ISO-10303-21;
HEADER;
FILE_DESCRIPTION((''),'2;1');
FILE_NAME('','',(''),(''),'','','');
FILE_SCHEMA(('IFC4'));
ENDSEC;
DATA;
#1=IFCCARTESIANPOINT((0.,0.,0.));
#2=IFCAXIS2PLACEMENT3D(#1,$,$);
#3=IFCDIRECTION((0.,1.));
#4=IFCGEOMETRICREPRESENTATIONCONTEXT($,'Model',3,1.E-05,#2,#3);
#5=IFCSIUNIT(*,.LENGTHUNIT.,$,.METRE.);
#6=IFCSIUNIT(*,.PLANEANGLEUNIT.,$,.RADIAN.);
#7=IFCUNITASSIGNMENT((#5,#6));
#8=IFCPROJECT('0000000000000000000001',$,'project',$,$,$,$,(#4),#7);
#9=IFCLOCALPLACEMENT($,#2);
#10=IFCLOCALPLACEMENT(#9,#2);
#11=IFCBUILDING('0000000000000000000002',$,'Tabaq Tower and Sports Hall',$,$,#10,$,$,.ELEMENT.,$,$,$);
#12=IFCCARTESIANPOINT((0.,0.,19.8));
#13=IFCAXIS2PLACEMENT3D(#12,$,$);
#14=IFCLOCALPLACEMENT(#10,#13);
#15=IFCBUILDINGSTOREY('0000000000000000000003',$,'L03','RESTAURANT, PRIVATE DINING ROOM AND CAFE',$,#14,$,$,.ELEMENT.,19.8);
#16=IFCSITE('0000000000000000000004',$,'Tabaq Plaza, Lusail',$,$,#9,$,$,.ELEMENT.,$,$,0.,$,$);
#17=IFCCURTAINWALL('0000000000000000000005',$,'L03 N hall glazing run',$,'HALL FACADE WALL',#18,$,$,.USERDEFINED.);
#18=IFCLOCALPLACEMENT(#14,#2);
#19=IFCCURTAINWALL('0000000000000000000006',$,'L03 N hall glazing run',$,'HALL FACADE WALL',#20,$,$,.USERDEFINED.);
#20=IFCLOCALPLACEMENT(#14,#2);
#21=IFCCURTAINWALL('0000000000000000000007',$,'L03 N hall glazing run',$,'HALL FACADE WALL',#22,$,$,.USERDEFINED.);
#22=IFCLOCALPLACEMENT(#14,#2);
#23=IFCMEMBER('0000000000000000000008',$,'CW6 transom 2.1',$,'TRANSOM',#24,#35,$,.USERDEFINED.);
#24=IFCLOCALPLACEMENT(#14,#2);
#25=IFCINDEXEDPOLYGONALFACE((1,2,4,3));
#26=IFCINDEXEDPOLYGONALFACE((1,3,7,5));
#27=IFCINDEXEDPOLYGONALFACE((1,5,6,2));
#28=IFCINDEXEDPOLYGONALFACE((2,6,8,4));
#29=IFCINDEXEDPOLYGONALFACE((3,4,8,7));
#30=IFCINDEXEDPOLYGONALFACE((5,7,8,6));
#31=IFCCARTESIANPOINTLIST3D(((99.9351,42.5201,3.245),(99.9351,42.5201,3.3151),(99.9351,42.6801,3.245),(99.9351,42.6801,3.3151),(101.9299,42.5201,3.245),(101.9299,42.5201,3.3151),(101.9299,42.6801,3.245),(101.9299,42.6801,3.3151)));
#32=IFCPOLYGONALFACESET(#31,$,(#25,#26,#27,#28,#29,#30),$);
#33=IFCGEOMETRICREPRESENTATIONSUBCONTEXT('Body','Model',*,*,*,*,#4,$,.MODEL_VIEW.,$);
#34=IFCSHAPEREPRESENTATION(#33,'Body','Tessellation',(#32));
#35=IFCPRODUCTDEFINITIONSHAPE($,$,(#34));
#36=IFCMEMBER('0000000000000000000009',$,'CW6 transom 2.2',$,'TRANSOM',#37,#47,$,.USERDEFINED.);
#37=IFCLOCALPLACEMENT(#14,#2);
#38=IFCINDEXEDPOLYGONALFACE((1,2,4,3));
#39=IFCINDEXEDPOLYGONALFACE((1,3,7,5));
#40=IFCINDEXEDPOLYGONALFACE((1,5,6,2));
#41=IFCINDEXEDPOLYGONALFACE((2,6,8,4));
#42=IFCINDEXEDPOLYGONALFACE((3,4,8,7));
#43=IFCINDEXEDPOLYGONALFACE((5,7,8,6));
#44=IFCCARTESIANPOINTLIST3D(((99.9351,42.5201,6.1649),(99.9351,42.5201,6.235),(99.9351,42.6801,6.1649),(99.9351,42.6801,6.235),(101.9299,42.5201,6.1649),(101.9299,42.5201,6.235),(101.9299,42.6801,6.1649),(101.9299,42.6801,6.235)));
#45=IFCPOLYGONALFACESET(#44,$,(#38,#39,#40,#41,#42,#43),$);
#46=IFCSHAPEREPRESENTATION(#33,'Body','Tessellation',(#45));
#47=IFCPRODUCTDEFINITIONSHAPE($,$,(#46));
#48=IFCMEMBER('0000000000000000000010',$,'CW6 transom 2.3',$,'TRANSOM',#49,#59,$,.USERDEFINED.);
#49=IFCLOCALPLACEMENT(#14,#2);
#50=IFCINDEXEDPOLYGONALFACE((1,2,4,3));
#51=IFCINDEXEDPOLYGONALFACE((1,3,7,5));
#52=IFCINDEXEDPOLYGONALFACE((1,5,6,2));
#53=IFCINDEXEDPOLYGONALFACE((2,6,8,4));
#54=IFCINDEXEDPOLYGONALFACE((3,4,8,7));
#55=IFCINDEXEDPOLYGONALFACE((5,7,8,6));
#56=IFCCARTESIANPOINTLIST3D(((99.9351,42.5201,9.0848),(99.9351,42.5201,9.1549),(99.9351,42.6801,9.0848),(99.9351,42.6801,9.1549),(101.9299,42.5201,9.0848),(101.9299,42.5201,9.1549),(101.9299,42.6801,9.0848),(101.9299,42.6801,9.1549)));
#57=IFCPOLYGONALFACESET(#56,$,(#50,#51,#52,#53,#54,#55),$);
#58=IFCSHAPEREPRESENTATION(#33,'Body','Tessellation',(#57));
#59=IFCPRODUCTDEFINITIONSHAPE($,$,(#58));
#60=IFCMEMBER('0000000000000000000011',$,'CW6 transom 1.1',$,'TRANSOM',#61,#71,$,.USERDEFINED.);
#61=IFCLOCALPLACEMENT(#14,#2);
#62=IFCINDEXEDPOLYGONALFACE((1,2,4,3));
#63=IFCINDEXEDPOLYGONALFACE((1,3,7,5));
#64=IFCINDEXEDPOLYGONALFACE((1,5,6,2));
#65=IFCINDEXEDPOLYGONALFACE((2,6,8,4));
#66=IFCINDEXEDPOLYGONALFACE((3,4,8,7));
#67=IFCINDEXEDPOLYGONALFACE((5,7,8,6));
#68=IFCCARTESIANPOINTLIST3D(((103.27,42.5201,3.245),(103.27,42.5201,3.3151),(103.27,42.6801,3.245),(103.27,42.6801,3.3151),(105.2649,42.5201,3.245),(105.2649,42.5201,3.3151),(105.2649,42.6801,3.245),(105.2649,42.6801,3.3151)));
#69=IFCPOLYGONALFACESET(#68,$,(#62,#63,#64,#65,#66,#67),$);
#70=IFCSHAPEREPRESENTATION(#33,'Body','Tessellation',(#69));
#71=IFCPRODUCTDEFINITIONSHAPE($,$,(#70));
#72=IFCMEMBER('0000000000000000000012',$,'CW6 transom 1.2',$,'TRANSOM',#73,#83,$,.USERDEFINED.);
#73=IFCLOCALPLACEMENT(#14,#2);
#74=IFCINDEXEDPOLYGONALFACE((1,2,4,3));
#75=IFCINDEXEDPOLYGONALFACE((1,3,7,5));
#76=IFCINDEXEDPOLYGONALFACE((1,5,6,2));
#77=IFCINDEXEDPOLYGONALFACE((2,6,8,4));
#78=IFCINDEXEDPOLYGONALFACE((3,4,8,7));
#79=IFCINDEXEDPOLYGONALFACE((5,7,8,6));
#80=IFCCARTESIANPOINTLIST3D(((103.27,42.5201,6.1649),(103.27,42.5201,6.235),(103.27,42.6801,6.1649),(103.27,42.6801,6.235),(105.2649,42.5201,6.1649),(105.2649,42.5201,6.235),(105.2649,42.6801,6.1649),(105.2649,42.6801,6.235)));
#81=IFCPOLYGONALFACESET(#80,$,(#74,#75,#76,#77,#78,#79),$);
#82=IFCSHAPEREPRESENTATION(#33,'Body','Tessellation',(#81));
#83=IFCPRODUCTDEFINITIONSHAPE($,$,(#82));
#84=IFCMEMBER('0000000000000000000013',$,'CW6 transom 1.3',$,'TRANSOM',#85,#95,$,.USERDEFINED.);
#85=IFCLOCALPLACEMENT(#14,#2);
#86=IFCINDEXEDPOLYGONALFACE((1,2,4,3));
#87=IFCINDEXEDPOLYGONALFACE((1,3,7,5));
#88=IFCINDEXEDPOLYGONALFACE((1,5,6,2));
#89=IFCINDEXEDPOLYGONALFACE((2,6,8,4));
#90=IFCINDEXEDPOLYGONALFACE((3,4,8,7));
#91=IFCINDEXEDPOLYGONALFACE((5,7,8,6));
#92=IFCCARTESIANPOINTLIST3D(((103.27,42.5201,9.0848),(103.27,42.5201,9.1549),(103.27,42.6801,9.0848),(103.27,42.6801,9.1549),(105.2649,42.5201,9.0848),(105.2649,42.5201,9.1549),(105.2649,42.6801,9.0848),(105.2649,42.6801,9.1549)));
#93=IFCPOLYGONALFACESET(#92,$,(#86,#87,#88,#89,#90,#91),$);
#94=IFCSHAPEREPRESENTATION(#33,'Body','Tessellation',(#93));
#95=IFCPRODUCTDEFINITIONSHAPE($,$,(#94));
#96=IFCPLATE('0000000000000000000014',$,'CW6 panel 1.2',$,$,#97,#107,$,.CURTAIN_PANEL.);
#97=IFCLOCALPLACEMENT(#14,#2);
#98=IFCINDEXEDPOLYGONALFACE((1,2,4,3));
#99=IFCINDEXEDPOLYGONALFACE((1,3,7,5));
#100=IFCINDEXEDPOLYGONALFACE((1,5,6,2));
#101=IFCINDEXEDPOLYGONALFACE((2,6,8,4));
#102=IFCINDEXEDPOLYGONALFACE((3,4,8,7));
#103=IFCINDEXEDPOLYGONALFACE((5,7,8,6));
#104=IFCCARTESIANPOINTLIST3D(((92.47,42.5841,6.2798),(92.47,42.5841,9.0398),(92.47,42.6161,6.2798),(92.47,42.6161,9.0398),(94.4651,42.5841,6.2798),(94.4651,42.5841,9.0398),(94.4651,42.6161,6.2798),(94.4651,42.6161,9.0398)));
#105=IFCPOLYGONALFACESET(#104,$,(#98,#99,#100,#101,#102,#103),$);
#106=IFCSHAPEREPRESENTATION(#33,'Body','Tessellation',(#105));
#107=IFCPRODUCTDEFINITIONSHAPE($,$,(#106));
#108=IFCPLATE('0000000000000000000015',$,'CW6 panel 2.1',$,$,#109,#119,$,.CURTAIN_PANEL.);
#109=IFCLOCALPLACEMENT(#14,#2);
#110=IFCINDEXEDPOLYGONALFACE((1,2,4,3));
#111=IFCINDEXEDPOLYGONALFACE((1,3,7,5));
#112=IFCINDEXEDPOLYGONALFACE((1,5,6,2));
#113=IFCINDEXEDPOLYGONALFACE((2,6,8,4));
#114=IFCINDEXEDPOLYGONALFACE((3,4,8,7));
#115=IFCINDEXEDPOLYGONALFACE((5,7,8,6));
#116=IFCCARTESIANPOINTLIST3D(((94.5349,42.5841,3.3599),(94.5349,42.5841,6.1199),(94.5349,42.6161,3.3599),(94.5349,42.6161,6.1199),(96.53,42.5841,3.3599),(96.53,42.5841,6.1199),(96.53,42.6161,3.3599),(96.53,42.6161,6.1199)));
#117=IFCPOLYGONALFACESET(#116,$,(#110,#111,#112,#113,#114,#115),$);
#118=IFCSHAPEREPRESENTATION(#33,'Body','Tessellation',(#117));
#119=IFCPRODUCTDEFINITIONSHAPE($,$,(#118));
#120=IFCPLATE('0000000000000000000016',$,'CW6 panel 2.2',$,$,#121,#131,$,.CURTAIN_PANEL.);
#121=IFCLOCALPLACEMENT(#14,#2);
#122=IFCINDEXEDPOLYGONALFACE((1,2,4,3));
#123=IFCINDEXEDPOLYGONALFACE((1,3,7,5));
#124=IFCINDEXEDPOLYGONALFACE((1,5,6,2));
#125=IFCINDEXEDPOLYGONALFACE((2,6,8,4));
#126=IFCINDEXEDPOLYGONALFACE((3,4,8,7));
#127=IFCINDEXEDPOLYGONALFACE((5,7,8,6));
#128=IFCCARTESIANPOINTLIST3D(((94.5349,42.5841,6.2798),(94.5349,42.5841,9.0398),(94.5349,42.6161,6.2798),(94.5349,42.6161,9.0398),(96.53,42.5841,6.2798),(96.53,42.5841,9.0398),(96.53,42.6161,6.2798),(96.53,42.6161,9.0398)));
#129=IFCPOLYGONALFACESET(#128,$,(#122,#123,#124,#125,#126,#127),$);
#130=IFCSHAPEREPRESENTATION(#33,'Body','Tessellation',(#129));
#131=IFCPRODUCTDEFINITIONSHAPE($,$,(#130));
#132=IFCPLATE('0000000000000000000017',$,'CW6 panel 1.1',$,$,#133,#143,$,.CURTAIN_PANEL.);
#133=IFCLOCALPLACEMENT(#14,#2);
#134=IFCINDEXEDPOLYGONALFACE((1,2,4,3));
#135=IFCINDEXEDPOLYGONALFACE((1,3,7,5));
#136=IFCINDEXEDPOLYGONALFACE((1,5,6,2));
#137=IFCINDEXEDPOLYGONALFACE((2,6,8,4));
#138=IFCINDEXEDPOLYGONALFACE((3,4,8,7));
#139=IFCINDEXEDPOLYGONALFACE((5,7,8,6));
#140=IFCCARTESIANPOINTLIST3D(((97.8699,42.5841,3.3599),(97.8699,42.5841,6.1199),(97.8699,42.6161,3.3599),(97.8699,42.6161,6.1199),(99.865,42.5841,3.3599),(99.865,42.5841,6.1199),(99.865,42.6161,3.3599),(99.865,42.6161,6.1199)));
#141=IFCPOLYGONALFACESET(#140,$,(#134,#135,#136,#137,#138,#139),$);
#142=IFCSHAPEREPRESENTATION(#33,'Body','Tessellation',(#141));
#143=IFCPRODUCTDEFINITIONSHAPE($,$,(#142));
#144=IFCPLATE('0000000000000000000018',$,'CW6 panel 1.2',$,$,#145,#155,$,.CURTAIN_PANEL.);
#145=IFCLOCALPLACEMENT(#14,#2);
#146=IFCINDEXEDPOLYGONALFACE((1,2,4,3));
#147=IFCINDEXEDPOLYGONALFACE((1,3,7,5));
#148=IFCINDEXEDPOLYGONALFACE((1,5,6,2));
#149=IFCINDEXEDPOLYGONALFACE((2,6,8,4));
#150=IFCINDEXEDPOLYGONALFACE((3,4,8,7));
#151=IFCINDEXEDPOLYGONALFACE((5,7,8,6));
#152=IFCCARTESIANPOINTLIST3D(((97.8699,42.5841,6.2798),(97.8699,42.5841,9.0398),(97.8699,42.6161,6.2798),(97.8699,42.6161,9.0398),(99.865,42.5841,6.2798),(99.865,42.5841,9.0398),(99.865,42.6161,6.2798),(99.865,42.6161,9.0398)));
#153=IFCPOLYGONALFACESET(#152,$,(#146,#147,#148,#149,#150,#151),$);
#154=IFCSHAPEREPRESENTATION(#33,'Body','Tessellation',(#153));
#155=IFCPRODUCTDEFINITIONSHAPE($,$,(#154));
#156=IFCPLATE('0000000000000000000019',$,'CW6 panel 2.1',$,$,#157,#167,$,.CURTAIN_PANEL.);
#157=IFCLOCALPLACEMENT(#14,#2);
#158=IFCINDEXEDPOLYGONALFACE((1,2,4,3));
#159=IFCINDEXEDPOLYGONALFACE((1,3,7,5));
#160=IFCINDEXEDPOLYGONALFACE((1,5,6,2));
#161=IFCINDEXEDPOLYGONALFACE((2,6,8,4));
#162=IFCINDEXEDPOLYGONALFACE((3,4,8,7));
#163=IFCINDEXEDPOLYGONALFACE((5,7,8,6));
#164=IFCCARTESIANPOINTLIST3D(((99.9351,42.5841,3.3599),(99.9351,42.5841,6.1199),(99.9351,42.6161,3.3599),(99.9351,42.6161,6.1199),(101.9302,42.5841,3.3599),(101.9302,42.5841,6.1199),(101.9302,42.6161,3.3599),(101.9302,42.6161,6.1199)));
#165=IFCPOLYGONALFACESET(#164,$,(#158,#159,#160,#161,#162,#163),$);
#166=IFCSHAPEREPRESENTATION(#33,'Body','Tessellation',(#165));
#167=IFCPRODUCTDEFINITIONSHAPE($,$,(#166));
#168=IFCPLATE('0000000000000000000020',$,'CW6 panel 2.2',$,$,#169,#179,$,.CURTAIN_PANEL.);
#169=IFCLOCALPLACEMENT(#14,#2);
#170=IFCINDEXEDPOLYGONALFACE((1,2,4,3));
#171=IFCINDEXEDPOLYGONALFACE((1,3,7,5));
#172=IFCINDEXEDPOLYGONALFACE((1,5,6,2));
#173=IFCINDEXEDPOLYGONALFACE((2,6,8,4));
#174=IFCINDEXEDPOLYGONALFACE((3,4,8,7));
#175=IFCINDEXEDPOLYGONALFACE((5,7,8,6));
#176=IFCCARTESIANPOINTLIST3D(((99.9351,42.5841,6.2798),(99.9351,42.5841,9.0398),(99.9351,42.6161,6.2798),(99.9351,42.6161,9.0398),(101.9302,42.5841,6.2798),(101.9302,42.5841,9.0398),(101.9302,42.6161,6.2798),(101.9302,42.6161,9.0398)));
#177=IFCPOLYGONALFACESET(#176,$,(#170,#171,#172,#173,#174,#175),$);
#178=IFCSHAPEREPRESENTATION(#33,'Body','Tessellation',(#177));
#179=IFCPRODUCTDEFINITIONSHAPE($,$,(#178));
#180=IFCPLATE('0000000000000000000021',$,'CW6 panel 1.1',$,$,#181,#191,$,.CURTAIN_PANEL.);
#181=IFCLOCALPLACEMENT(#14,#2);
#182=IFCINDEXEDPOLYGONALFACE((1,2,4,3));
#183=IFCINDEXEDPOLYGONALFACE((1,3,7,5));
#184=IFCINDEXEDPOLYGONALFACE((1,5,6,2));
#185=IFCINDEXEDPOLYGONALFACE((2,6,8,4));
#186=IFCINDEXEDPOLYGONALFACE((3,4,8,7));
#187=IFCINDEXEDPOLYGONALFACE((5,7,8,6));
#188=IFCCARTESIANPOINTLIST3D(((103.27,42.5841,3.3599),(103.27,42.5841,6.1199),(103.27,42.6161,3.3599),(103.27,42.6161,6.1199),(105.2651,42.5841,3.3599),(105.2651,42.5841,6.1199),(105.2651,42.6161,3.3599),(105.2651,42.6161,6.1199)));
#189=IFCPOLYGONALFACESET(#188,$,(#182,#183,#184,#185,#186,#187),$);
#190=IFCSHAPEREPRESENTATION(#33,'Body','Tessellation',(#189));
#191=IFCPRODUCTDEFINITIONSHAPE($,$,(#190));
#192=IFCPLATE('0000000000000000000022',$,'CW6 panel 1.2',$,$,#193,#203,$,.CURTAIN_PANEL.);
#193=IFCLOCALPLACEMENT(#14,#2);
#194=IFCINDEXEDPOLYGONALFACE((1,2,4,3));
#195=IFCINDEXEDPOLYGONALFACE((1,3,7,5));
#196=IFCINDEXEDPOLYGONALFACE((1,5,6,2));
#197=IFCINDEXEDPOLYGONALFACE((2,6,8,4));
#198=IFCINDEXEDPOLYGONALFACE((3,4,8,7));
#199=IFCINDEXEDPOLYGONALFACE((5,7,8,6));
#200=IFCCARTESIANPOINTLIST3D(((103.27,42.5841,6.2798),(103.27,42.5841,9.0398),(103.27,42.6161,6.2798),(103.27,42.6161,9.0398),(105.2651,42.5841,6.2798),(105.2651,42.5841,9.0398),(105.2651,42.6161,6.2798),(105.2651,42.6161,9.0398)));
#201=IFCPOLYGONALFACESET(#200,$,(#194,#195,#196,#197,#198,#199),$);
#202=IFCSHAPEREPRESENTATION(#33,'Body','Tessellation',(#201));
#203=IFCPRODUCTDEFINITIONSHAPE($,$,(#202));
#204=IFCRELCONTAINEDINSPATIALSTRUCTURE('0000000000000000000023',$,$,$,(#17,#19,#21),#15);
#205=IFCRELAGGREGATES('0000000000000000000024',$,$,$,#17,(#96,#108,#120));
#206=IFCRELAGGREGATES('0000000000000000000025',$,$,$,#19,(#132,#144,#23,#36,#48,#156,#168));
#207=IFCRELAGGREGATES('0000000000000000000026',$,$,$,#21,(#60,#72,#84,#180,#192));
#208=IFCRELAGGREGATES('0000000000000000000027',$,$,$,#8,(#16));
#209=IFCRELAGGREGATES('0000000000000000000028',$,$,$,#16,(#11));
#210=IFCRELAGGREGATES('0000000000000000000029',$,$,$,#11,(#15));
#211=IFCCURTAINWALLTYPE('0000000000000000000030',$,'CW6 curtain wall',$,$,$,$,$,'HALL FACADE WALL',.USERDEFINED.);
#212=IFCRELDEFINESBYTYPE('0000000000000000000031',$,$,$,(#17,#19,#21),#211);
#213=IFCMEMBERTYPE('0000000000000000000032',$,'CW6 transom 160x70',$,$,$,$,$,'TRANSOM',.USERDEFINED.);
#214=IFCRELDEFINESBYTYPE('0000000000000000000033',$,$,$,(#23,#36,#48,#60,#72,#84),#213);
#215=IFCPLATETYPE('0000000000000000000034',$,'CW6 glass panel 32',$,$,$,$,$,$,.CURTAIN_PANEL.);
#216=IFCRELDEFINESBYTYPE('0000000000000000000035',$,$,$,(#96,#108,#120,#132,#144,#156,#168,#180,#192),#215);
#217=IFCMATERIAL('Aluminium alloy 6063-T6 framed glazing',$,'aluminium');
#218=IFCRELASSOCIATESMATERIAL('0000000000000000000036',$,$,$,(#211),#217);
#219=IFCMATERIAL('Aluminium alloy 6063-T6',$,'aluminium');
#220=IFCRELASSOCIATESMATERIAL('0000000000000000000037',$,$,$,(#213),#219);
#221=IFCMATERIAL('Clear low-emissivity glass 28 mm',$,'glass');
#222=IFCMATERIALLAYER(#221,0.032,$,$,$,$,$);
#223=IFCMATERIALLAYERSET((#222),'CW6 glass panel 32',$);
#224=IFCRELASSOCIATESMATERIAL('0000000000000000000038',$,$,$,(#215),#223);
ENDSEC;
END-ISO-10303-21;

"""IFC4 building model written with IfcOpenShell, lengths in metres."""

from ifc_helpers import new_model, si_unit, direction, frame, origin, origin_2d, place, context, subcontext, project, spatial, rectangle, extrude, material, layer, layer_set, material_profile, profile_set, type_object, element, aggregate, save


model = new_model("IFC4")

# Units and contexts
model_context = context("Model", 3, precision=1e-05, world=origin(), true_north=direction((0.0, 1.0)))
body_context = subcontext(model_context, "Body", "Model", "MODEL_VIEW")
ifc_project = project(units=[si_unit("LENGTHUNIT", "METRE"), si_unit("PLANEANGLEUNIT", "RADIAN")], contexts=[model_context])

# Site, building, storey
site_placement = place(None, origin())
site = spatial("IfcSite", under=ifc_project, at=site_placement, Name="Tabaq Plaza, Lusail", CompositionType="ELEMENT", RefElevation=0.0)
building_placement = place(site_placement, origin())
building = spatial("IfcBuilding", under=site, at=building_placement, Name="Tabaq Tower and Sports Hall", CompositionType="ELEMENT")
storey_placement = place(building_placement, frame((0.0, 0.0, 19.8)))
storey = spatial("IfcBuildingStorey", under=building, at=storey_placement, Name="L03", Description="RESTAURANT, PRIVATE DINING ROOM AND CAFE", CompositionType="ELEMENT", Elevation=19.8)

# Curtain walls
ifc_material_1 = material(Name="Aluminium alloy 6063-T6 framed glazing", Category="aluminium")
curtain_wall_type = type_object("IfcCurtainWallType", Name="CW6 curtain wall", ElementType="HALL FACADE WALL", PredefinedType="USERDEFINED", material=ifc_material_1)
curtain_wall_1_placement = place(storey_placement, origin())
curtain_wall_1 = element("IfcCurtainWall", 1, at=curtain_wall_1_placement, inside=storey, type_object=curtain_wall_type, Name="L03 N hall glazing run", ObjectType="HALL FACADE WALL", PredefinedType="USERDEFINED")
curtain_wall_2_placement = place(storey_placement, origin())
curtain_wall_2 = element("IfcCurtainWall", 2, at=curtain_wall_2_placement, inside=storey, type_object=curtain_wall_type, Name="L03 N hall glazing run", ObjectType="HALL FACADE WALL", PredefinedType="USERDEFINED")

# Curtain wall
curtain_wall_3_placement = place(storey_placement, origin())
curtain_wall_3 = element("IfcCurtainWall", 3, at=curtain_wall_3_placement, inside=storey, type_object=curtain_wall_type, Name="L03 N hall glazing run", ObjectType="HALL FACADE WALL", PredefinedType="USERDEFINED")

# Members
ifc_material_2 = material(Name="Aluminium alloy 6063-T6", Category="aluminium")
ifc_material_profile_1 = material_profile(ifc_material_2, rectangle(XDim=0.1599, YDim=0.0701, at=origin_2d()), Name="TRANSOM 160x70")
ifc_profile_set_1 = profile_set([ifc_material_profile_1], Name="Aluminium alloy 6063-T6")
member_type_1 = type_object("IfcMemberType", Name="CW6 transom 160x70", ElementType="TRANSOM", PredefinedType="USERDEFINED", material=ifc_profile_set_1)
member_1_placement = place(storey_placement, frame((99.9351, 42.6001, 3.28), z_axis=(1.0, 0.0, 0.0), x_axis=(0.0, 1.0, 0.0)))
member_1 = element("IfcMember", 4, at=member_1_placement, type_object=member_type_1, Name="CW6 transom 2.1", ObjectType="TRANSOM", PredefinedType="USERDEFINED", context=body_context, shape_type="SweptSolid", body=[
    extrude(rectangle(XDim=0.1599, YDim=0.0701, at=origin_2d()), origin(), (0.0, 0.0, 1.0), 1.9949),
])
member_2_placement = place(storey_placement, frame((99.9351, 42.6001, 6.2), z_axis=(1.0, 0.0, 0.0), x_axis=(0.0, 1.0, 0.0)))
member_2 = element("IfcMember", 5, at=member_2_placement, type_object=member_type_1, Name="CW6 transom 2.2", ObjectType="TRANSOM", PredefinedType="USERDEFINED", context=body_context, shape_type="SweptSolid", body=[
    extrude(rectangle(XDim=0.1599, YDim=0.0701, at=origin_2d()), origin(), (0.0, 0.0, 1.0), 1.9949),
])
member_3_placement = place(storey_placement, frame((99.9351, 42.6001, 9.1199), z_axis=(1.0, 0.0, 0.0), x_axis=(0.0, 1.0, 0.0)))
member_3 = element("IfcMember", 6, at=member_3_placement, type_object=member_type_1, Name="CW6 transom 2.3", ObjectType="TRANSOM", PredefinedType="USERDEFINED", context=body_context, shape_type="SweptSolid", body=[
    extrude(rectangle(XDim=0.1599, YDim=0.0701, at=origin_2d()), origin(), (0.0, 0.0, 1.0), 1.9949),
])
member_4_placement = place(storey_placement, frame((103.27, 42.6001, 3.28), z_axis=(1.0, 0.0, 0.0), x_axis=(0.0, 1.0, 0.0)))
member_4 = element("IfcMember", 7, at=member_4_placement, type_object=member_type_1, Name="CW6 transom 1.1", ObjectType="TRANSOM", PredefinedType="USERDEFINED", context=body_context, shape_type="SweptSolid", body=[
    extrude(rectangle(XDim=0.1599, YDim=0.0701, at=origin_2d()), origin(), (0.0, 0.0, 1.0), 1.9949),
])
member_5_placement = place(storey_placement, frame((103.27, 42.6001, 6.2), z_axis=(1.0, 0.0, 0.0), x_axis=(0.0, 1.0, 0.0)))
member_5 = element("IfcMember", 8, at=member_5_placement, type_object=member_type_1, Name="CW6 transom 1.2", ObjectType="TRANSOM", PredefinedType="USERDEFINED", context=body_context, shape_type="SweptSolid", body=[
    extrude(rectangle(XDim=0.1599, YDim=0.0701, at=origin_2d()), origin(), (0.0, 0.0, 1.0), 1.9949),
])
member_6_placement = place(storey_placement, frame((103.27, 42.6001, 9.1199), z_axis=(1.0, 0.0, 0.0), x_axis=(0.0, 1.0, 0.0)))
member_6 = element("IfcMember", 9, at=member_6_placement, type_object=member_type_1, Name="CW6 transom 1.3", ObjectType="TRANSOM", PredefinedType="USERDEFINED", context=body_context, shape_type="SweptSolid", body=[
    extrude(rectangle(XDim=0.1599, YDim=0.0701, at=origin_2d()), origin(), (0.0, 0.0, 1.0), 1.9949),
])

# Plates
ifc_material_3 = material(Name="Clear low-emissivity glass 28 mm", Category="glass")
ifc_layer_1 = layer(ifc_material_3, 0.032)
ifc_layer_set_1 = layer_set([ifc_layer_1], Name="CW6 glass panel 32")
plate_type = type_object("IfcPlateType", Name="CW6 glass panel 32", PredefinedType="CURTAIN_PANEL", material=ifc_layer_set_1)
plate_1_placement = place(storey_placement, frame((93.4675, 42.6001, 6.2798), z_axis=(0.0, 0.0, 1.0), x_axis=(1.0, 0.0, 0.0)))
plate_1 = element("IfcPlate", 10, at=plate_1_placement, type_object=plate_type, Name="CW6 panel 1.2", PredefinedType="CURTAIN_PANEL", context=body_context, shape_type="SweptSolid", body=[
    extrude(rectangle(XDim=1.9951, YDim=0.032, at=origin_2d()), origin(), (0.0, 0.0, 1.0), 2.76),
])
plate_2_placement = place(storey_placement, frame((95.5325, 42.6001, 3.3599), z_axis=(0.0, 0.0, 1.0), x_axis=(1.0, 0.0, 0.0)))
plate_2 = element("IfcPlate", 11, at=plate_2_placement, type_object=plate_type, Name="CW6 panel 2.1", PredefinedType="CURTAIN_PANEL", context=body_context, shape_type="SweptSolid", body=[
    extrude(rectangle(XDim=1.9951, YDim=0.032, at=origin_2d()), origin(), (0.0, 0.0, 1.0), 2.76),
])
plate_3_placement = place(storey_placement, frame((95.5325, 42.6001, 6.2798), z_axis=(0.0, 0.0, 1.0), x_axis=(1.0, 0.0, 0.0)))
plate_3 = element("IfcPlate", 12, at=plate_3_placement, type_object=plate_type, Name="CW6 panel 2.2", PredefinedType="CURTAIN_PANEL", context=body_context, shape_type="SweptSolid", body=[
    extrude(rectangle(XDim=1.9951, YDim=0.032, at=origin_2d()), origin(), (0.0, 0.0, 1.0), 2.76),
])
aggregate(curtain_wall_1, [plate_1, plate_2, plate_3])
plate_4_placement = place(storey_placement, frame((98.8674, 42.6001, 3.3599), z_axis=(0.0, 0.0, 1.0), x_axis=(1.0, 0.0, 0.0)))
plate_4 = element("IfcPlate", 13, at=plate_4_placement, type_object=plate_type, Name="CW6 panel 1.1", PredefinedType="CURTAIN_PANEL", context=body_context, shape_type="SweptSolid", body=[
    extrude(rectangle(XDim=1.9951, YDim=0.032, at=origin_2d()), origin(), (0.0, 0.0, 1.0), 2.76),
])
plate_5_placement = place(storey_placement, frame((98.8674, 42.6001, 6.2798), z_axis=(0.0, 0.0, 1.0), x_axis=(1.0, 0.0, 0.0)))
plate_5 = element("IfcPlate", 14, at=plate_5_placement, type_object=plate_type, Name="CW6 panel 1.2", PredefinedType="CURTAIN_PANEL", context=body_context, shape_type="SweptSolid", body=[
    extrude(rectangle(XDim=1.9951, YDim=0.032, at=origin_2d()), origin(), (0.0, 0.0, 1.0), 2.76),
])
plate_6_placement = place(storey_placement, frame((100.9326, 42.6001, 3.3599), z_axis=(0.0, 0.0, 1.0), x_axis=(1.0, 0.0, 0.0)))
plate_6 = element("IfcPlate", 15, at=plate_6_placement, type_object=plate_type, Name="CW6 panel 2.1", PredefinedType="CURTAIN_PANEL", context=body_context, shape_type="SweptSolid", body=[
    extrude(rectangle(XDim=1.9951, YDim=0.032, at=origin_2d()), origin(), (0.0, 0.0, 1.0), 2.76),
])
plate_7_placement = place(storey_placement, frame((100.9326, 42.6001, 6.2798), z_axis=(0.0, 0.0, 1.0), x_axis=(1.0, 0.0, 0.0)))
plate_7 = element("IfcPlate", 16, at=plate_7_placement, type_object=plate_type, Name="CW6 panel 2.2", PredefinedType="CURTAIN_PANEL", context=body_context, shape_type="SweptSolid", body=[
    extrude(rectangle(XDim=1.9951, YDim=0.032, at=origin_2d()), origin(), (0.0, 0.0, 1.0), 2.76),
])
aggregate(curtain_wall_2, [plate_4, plate_5, member_1, member_2, member_3, plate_6, plate_7])
plate_8_placement = place(storey_placement, frame((104.2676, 42.6001, 3.3599), z_axis=(0.0, 0.0, 1.0), x_axis=(1.0, 0.0, 0.0)))
plate_8 = element("IfcPlate", 17, at=plate_8_placement, type_object=plate_type, Name="CW6 panel 1.1", PredefinedType="CURTAIN_PANEL", context=body_context, shape_type="SweptSolid", body=[
    extrude(rectangle(XDim=1.9951, YDim=0.032, at=origin_2d()), origin(), (0.0, 0.0, 1.0), 2.76),
])
plate_9_placement = place(storey_placement, frame((104.2676, 42.6001, 6.2798), z_axis=(0.0, 0.0, 1.0), x_axis=(1.0, 0.0, 0.0)))
plate_9 = element("IfcPlate", 18, at=plate_9_placement, type_object=plate_type, Name="CW6 panel 1.2", PredefinedType="CURTAIN_PANEL", context=body_context, shape_type="SweptSolid", body=[
    extrude(rectangle(XDim=1.9951, YDim=0.032, at=origin_2d()), origin(), (0.0, 0.0, 1.0), 2.76),
])
aggregate(curtain_wall_3, [member_4, member_5, member_6, plate_8, plate_9])

save(model, "model.ifc")
